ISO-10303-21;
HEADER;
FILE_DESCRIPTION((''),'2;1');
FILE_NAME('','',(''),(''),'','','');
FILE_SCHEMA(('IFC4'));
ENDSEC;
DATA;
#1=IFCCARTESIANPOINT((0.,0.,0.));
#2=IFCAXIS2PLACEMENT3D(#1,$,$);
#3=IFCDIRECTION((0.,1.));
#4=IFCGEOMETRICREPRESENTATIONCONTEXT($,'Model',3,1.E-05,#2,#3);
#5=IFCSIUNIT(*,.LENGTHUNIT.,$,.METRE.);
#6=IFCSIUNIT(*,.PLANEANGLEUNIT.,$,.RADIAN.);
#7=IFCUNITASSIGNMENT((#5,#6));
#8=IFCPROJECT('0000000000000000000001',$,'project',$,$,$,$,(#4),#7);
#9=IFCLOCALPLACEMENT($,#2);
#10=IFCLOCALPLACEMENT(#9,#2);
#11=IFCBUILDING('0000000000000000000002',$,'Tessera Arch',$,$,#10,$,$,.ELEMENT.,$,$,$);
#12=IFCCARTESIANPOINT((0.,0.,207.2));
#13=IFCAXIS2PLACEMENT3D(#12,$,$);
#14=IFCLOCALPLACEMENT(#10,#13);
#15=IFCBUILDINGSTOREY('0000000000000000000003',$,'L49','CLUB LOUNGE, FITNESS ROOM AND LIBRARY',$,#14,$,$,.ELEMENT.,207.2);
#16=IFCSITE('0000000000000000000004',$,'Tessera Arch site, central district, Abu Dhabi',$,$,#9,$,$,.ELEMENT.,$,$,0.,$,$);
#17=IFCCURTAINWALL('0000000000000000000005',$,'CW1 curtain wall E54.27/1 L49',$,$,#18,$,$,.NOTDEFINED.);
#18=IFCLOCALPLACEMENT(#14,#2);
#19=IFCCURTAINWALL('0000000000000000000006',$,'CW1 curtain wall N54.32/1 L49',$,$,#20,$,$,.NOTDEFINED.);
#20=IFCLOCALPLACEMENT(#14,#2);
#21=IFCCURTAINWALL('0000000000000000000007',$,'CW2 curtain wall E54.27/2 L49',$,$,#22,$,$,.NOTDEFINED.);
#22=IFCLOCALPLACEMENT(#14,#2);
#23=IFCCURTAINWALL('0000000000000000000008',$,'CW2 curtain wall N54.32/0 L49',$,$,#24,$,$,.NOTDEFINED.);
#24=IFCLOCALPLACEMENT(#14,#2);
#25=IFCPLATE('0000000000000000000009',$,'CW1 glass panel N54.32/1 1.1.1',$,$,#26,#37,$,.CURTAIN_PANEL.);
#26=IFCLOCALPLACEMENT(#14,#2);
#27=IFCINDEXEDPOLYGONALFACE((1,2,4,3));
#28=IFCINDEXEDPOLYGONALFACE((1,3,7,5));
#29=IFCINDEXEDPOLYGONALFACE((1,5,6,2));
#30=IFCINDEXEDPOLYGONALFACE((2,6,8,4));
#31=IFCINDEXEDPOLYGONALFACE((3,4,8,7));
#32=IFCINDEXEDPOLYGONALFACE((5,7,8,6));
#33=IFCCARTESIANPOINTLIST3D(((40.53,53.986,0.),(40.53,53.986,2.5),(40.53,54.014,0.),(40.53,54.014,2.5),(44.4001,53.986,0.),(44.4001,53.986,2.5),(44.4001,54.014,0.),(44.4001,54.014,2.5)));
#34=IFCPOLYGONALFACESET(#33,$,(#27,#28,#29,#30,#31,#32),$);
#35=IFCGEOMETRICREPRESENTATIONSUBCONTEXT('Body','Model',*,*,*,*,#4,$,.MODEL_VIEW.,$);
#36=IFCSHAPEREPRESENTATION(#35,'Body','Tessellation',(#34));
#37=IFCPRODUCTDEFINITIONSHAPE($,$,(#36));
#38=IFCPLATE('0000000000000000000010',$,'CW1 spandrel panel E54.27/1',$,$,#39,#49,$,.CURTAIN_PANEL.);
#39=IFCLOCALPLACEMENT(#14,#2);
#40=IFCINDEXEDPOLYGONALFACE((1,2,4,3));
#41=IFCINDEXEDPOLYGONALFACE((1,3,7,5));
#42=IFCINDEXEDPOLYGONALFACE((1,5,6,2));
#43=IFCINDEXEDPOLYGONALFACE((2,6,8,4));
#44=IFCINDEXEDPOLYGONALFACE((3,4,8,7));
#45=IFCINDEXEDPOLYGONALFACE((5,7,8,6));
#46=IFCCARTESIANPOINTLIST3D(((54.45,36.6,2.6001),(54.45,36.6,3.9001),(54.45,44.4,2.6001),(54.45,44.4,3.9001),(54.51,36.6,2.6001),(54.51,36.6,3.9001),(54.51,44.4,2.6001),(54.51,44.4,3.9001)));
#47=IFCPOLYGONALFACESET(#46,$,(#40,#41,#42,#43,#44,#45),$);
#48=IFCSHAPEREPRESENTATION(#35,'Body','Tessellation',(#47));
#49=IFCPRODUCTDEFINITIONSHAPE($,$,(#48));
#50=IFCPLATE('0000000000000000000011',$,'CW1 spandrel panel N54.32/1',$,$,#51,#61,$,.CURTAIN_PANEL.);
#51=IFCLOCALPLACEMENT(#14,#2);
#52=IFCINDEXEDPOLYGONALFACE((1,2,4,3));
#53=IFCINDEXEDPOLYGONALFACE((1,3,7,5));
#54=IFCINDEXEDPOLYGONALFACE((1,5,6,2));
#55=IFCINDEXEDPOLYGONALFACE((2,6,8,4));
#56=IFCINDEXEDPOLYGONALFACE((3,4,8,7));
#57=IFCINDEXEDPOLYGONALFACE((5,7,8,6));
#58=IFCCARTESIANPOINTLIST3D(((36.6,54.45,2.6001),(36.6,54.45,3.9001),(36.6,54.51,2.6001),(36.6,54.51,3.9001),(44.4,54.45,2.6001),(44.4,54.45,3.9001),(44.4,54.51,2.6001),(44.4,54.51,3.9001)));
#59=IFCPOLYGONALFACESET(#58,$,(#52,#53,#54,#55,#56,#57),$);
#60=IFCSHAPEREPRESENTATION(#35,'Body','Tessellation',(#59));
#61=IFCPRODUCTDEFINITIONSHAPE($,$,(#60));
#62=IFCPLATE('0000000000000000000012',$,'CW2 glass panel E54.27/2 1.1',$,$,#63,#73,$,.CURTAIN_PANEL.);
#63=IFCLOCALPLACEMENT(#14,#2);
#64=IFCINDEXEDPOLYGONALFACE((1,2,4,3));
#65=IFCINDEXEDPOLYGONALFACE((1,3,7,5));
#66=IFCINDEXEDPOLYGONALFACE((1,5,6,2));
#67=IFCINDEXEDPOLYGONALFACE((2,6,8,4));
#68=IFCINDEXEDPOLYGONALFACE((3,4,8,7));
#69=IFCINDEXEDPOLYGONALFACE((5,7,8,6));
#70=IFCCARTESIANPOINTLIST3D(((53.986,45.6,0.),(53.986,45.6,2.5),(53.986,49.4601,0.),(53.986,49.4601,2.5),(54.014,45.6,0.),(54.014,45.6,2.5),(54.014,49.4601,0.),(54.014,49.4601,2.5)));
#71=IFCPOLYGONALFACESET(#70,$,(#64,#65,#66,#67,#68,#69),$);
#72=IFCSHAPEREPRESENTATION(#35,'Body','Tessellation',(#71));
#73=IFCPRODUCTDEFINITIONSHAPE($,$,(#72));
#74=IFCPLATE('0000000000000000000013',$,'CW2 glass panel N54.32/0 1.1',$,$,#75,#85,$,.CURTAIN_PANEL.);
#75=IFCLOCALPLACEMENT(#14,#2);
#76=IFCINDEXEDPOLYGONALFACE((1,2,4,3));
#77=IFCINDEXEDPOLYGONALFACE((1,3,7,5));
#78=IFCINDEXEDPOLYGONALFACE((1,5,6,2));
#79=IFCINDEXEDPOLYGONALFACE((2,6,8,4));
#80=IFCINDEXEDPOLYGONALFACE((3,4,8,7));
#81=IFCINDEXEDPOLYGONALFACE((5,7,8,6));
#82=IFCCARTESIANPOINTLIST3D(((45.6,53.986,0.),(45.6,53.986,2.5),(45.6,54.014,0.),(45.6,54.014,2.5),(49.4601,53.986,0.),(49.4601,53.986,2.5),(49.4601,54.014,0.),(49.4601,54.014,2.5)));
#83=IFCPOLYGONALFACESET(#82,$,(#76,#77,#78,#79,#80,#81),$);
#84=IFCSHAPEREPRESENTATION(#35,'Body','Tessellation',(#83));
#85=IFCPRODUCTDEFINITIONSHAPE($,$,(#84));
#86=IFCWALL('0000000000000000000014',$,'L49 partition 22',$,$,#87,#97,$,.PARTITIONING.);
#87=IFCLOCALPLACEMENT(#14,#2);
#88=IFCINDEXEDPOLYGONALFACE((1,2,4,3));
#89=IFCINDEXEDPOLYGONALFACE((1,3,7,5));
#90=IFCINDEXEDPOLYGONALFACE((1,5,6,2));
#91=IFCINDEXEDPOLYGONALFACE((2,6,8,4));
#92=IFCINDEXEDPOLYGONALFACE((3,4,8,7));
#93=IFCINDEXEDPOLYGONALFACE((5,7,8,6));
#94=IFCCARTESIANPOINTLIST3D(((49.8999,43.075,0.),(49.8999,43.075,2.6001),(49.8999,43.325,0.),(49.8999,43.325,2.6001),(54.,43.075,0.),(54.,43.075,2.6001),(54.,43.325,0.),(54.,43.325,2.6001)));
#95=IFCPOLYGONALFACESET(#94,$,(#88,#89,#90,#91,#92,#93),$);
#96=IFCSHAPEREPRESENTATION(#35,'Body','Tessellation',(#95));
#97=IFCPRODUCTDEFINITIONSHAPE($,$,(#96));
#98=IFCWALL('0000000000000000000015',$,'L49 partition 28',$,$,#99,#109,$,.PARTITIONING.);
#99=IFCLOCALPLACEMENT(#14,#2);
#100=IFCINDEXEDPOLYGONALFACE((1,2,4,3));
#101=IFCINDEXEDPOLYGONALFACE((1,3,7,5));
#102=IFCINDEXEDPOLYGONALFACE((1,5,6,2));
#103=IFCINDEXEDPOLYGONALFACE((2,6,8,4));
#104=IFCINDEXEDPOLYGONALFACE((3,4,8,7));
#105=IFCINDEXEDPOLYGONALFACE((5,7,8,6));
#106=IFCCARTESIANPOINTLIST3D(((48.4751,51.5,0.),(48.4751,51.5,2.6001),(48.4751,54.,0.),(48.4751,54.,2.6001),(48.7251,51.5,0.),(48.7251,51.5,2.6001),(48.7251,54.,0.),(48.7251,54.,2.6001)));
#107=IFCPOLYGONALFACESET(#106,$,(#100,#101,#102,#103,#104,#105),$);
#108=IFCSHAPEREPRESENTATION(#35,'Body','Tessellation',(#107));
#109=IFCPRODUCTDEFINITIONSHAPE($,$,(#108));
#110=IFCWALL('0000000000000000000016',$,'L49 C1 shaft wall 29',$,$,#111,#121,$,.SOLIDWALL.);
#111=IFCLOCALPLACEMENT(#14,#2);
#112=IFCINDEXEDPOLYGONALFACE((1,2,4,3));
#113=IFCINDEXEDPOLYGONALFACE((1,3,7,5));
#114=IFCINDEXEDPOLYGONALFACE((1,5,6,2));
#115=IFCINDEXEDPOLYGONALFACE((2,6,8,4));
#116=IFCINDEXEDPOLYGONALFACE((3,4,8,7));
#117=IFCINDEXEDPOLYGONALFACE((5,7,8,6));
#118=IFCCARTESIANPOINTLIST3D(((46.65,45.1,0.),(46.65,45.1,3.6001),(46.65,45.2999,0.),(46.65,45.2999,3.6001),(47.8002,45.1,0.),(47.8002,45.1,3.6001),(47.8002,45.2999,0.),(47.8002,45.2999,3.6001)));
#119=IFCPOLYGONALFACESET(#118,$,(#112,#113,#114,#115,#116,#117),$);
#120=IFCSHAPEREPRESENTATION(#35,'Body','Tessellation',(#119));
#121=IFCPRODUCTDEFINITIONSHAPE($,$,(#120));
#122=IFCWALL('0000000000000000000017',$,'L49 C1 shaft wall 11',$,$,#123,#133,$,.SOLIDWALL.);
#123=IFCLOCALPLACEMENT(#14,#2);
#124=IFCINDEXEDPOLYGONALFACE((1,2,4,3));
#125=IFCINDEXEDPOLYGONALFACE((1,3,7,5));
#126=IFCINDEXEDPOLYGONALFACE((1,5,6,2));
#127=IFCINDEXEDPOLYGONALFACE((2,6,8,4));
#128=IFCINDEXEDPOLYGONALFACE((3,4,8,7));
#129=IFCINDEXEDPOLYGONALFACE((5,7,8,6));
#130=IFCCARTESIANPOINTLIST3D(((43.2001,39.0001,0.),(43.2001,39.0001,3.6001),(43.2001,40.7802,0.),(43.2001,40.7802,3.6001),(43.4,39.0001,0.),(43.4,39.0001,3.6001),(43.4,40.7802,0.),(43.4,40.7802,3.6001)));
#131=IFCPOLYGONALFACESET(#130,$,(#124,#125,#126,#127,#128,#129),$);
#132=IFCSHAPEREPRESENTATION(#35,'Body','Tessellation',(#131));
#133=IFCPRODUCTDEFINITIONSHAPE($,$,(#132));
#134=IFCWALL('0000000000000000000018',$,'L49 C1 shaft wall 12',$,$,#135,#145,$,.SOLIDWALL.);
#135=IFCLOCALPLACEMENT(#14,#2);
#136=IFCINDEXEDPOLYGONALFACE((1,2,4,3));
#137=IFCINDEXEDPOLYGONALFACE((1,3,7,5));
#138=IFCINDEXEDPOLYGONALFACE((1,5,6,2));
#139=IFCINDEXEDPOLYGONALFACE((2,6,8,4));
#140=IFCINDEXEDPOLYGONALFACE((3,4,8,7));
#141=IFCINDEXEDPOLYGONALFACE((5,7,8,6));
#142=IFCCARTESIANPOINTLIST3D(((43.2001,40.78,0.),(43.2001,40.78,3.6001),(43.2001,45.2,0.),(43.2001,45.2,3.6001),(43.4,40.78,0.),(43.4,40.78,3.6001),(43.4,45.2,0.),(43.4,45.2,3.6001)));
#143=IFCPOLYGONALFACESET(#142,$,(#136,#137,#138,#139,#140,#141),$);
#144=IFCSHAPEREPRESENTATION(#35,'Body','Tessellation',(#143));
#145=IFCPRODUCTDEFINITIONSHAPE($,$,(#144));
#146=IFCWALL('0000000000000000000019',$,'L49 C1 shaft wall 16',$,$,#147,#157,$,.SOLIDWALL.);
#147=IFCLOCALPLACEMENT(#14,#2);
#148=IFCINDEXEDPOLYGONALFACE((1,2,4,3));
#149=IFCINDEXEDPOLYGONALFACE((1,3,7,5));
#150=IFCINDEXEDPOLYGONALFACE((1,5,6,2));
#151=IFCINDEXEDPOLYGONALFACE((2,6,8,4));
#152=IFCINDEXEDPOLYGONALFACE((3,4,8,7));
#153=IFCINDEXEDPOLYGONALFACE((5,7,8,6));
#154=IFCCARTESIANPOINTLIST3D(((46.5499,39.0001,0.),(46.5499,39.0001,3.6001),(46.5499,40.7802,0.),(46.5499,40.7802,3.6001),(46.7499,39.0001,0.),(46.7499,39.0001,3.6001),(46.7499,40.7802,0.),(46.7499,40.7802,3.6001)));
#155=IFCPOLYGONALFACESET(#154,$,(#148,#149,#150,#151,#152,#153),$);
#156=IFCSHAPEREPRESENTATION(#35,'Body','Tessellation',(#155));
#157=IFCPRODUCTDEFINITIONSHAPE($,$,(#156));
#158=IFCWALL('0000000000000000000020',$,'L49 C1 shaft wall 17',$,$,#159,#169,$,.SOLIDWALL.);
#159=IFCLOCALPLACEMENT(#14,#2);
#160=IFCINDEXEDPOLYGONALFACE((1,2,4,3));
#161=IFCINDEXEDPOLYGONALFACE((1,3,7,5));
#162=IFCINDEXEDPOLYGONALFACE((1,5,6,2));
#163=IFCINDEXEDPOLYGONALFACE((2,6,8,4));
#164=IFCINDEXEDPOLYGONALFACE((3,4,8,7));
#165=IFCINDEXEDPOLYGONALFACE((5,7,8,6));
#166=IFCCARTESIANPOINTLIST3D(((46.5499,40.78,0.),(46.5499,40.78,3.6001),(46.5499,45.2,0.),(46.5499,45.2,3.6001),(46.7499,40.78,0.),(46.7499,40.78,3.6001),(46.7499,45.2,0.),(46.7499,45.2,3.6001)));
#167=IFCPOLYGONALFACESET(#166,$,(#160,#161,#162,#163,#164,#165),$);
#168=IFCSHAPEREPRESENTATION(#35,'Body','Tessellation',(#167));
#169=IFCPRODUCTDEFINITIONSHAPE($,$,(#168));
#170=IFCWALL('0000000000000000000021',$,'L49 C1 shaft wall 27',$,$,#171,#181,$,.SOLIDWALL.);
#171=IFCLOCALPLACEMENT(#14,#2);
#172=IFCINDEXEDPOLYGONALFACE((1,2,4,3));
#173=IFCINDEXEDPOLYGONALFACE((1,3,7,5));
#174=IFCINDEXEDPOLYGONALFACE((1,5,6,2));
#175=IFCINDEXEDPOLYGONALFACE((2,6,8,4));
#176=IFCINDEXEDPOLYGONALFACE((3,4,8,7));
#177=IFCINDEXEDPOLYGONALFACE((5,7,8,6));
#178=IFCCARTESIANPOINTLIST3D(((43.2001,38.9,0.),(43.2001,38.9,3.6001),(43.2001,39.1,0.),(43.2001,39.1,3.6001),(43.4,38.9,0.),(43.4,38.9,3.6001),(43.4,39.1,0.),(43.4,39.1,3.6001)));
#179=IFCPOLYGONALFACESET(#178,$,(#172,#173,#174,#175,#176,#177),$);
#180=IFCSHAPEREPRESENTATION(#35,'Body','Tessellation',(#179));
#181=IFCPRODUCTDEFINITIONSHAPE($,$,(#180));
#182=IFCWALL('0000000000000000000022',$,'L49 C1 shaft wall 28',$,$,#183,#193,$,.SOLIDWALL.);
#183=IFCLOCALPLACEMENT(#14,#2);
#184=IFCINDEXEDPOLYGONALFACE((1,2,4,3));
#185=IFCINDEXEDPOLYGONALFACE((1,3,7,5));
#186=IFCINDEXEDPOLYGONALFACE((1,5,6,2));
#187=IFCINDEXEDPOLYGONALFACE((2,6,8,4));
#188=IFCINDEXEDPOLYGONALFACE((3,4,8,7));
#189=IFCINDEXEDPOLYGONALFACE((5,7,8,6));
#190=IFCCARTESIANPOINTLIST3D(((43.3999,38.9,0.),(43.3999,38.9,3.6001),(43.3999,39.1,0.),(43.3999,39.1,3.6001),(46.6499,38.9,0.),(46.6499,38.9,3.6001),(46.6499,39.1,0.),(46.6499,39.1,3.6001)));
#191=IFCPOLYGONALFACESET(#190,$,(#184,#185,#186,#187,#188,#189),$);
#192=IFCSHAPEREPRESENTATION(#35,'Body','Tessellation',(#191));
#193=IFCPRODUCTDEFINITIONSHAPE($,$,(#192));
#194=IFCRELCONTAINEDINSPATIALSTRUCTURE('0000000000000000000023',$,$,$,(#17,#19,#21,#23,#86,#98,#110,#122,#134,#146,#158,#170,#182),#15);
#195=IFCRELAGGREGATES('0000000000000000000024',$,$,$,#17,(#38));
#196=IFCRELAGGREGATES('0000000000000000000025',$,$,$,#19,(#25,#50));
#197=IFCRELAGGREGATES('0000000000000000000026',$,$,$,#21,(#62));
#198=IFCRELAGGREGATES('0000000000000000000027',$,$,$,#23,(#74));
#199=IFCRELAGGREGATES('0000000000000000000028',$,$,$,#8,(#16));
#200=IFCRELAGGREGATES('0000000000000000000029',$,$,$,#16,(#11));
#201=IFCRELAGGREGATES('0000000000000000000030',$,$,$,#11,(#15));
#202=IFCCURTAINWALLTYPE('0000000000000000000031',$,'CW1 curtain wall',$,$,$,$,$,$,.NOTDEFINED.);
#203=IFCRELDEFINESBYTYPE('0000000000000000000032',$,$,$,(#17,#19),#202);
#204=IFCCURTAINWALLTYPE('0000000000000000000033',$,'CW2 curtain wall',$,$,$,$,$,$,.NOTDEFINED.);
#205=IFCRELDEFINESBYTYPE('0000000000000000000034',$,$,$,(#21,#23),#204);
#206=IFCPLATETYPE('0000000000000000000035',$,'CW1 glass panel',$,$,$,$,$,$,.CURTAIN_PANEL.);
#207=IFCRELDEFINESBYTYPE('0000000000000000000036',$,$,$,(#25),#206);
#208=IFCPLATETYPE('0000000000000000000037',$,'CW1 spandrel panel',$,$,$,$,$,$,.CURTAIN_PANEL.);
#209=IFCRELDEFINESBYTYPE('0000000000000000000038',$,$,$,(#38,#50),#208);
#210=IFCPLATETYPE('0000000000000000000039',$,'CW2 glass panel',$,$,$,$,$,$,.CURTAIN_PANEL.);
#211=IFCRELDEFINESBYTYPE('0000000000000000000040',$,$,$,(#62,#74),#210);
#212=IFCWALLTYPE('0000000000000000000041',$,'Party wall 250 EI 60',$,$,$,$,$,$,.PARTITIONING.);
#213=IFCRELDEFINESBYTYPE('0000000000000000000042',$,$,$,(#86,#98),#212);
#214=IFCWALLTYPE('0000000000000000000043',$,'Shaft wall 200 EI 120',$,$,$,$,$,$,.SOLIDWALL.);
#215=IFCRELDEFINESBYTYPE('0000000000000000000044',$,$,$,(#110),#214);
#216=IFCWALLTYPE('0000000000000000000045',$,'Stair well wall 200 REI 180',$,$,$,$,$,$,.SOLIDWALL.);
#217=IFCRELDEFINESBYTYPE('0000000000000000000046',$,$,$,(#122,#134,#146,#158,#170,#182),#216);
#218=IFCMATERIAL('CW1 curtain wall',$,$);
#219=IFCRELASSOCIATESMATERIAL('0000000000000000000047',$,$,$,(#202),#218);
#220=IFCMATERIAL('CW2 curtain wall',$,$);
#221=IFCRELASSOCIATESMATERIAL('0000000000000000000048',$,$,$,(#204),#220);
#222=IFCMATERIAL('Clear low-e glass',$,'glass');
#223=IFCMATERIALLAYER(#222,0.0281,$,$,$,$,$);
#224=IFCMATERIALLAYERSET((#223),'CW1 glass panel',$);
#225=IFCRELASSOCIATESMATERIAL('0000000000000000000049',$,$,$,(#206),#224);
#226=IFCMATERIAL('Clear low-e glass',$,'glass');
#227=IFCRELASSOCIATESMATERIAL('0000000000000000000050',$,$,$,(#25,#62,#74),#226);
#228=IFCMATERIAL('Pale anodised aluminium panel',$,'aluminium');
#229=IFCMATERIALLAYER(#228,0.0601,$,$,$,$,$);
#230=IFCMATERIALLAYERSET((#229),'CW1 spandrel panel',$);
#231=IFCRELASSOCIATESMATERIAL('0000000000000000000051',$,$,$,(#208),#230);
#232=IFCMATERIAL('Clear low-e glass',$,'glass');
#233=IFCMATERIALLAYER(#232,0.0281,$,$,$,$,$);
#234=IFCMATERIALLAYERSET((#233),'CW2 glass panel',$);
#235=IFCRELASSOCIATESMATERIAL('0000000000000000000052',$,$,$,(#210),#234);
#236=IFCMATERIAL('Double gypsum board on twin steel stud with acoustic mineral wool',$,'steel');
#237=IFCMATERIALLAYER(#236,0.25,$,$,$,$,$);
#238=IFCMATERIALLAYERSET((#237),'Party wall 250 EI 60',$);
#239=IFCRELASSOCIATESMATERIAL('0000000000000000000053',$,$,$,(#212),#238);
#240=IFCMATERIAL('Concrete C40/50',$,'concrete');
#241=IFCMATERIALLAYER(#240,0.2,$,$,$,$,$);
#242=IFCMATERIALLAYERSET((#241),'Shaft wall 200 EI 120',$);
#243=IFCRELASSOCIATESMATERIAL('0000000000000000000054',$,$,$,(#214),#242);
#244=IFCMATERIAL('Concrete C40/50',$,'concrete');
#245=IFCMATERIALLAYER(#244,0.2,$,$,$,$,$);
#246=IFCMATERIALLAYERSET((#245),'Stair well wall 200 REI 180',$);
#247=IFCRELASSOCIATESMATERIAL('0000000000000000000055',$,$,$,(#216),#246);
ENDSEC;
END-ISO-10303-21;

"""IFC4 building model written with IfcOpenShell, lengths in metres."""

from ifc_helpers import new_model, si_unit, direction, frame, frame_2d, origin, origin_2d, place, context, subcontext, project, spatial, rectangle, extrude, material, layer, layer_set, type_object, element, aggregate, save


model = new_model("IFC4")

# Units and contexts
model_context = context("Model", 3, precision=1e-05, world=origin(), true_north=direction((0.0, 1.0)))
body_context = subcontext(model_context, "Body", "Model", "MODEL_VIEW")
ifc_project = project(units=[si_unit("LENGTHUNIT", "METRE"), si_unit("PLANEANGLEUNIT", "RADIAN")], contexts=[model_context])

# Site, building, storey
site_placement = place(None, origin())
site = spatial("IfcSite", under=ifc_project, at=site_placement, Name="Tessera Arch site, central district, Abu Dhabi", CompositionType="ELEMENT", RefElevation=0.0)
building_placement = place(site_placement, origin())
building = spatial("IfcBuilding", under=site, at=building_placement, Name="Tessera Arch", CompositionType="ELEMENT")
storey_placement = place(building_placement, frame((0.0, 0.0, 207.2)))
storey = spatial("IfcBuildingStorey", under=building, at=storey_placement, Name="L49", Description="CLUB LOUNGE, FITNESS ROOM AND LIBRARY", CompositionType="ELEMENT", Elevation=207.2)

# Curtain wall
ifc_material_1 = material(Name="CW1 curtain wall")
curtain_wall_type_1 = type_object("IfcCurtainWallType", Name="CW1 curtain wall", PredefinedType="NOTDEFINED", material=ifc_material_1)
curtain_wall_1_placement = place(storey_placement, origin())
curtain_wall_1 = element("IfcCurtainWall", 1, at=curtain_wall_1_placement, inside=storey, type_object=curtain_wall_type_1, Name="CW1 curtain wall E54.27/1 L49", PredefinedType="NOTDEFINED")

# Curtain wall
curtain_wall_2_placement = place(storey_placement, origin())
curtain_wall_2 = element("IfcCurtainWall", 2, at=curtain_wall_2_placement, inside=storey, type_object=curtain_wall_type_1, Name="CW1 curtain wall N54.32/1 L49", PredefinedType="NOTDEFINED")

# Curtain walls
ifc_material_2 = material(Name="CW2 curtain wall")
curtain_wall_type_2 = type_object("IfcCurtainWallType", Name="CW2 curtain wall", PredefinedType="NOTDEFINED", material=ifc_material_2)
curtain_wall_3_placement = place(storey_placement, origin())
curtain_wall_3 = element("IfcCurtainWall", 3, at=curtain_wall_3_placement, inside=storey, type_object=curtain_wall_type_2, Name="CW2 curtain wall E54.27/2 L49", PredefinedType="NOTDEFINED")
curtain_wall_4_placement = place(storey_placement, origin())
curtain_wall_4 = element("IfcCurtainWall", 4, at=curtain_wall_4_placement, inside=storey, type_object=curtain_wall_type_2, Name="CW2 curtain wall N54.32/0 L49", PredefinedType="NOTDEFINED")

# Plates
ifc_material_3 = material(Name="Clear low-e glass", Category="glass")
ifc_material_4 = material(Name="Clear low-e glass", Category="glass")
ifc_layer_1 = layer(ifc_material_4, 0.0281)
ifc_layer_set_1 = layer_set([ifc_layer_1], Name="CW1 glass panel")
plate_type_1 = type_object("IfcPlateType", Name="CW1 glass panel", PredefinedType="CURTAIN_PANEL", material=ifc_layer_set_1)
plate_1_placement = place(storey_placement, frame((42.4651, 54.0, 0.0), z_axis=(0.0, 0.0, 1.0), x_axis=(-1.0, 0.0, 0.0)))
plate_1 = element("IfcPlate", 5, at=plate_1_placement, type_object=plate_type_1, material=ifc_material_3, Name="CW1 glass panel N54.32/1 1.1.1", PredefinedType="CURTAIN_PANEL", context=body_context, shape_type="SweptSolid", body=[
    extrude(rectangle(XDim=3.8701, YDim=0.0281, at=origin_2d()), origin(), (0.0, 0.0, 1.0), 2.5),
])
ifc_material_5 = material(Name="Pale anodised aluminium panel", Category="aluminium")
ifc_layer_2 = layer(ifc_material_5, 0.0601)
ifc_layer_set_2 = layer_set([ifc_layer_2], Name="CW1 spandrel panel")
plate_type_2 = type_object("IfcPlateType", Name="CW1 spandrel panel", PredefinedType="CURTAIN_PANEL", material=ifc_layer_set_2)
plate_2_placement = place(storey_placement, frame((54.48, 40.5, 2.6001), z_axis=(0.0, 0.0, 1.0), x_axis=(0.0, 1.0, 0.0)))
plate_2 = element("IfcPlate", 6, at=plate_2_placement, type_object=plate_type_2, Name="CW1 spandrel panel E54.27/1", PredefinedType="CURTAIN_PANEL", context=body_context, shape_type="SweptSolid", body=[
    extrude(rectangle(XDim=7.8, YDim=0.0601, at=origin_2d()), origin(), (0.0, 0.0, 1.0), 1.3),
])
aggregate(curtain_wall_1, [plate_2])
plate_3_placement = place(storey_placement, frame((40.5, 54.48, 2.6001), z_axis=(0.0, 0.0, 1.0), x_axis=(-1.0, 0.0, 0.0)))
plate_3 = element("IfcPlate", 7, at=plate_3_placement, type_object=plate_type_2, Name="CW1 spandrel panel N54.32/1", PredefinedType="CURTAIN_PANEL", context=body_context, shape_type="SweptSolid", body=[
    extrude(rectangle(XDim=7.8, YDim=0.0601, at=origin_2d()), origin(), (0.0, 0.0, 1.0), 1.3),
])
aggregate(curtain_wall_2, [plate_1, plate_3])
ifc_material_6 = material(Name="Clear low-e glass", Category="glass")
ifc_layer_3 = layer(ifc_material_6, 0.0281)
ifc_layer_set_3 = layer_set([ifc_layer_3], Name="CW2 glass panel")
plate_type_3 = type_object("IfcPlateType", Name="CW2 glass panel", PredefinedType="CURTAIN_PANEL", material=ifc_layer_set_3)
plate_4_placement = place(storey_placement, frame((54.0, 47.53, 0.0), z_axis=(0.0, 0.0, 1.0), x_axis=(0.0, 1.0, 0.0)))
plate_4 = element("IfcPlate", 8, at=plate_4_placement, type_object=plate_type_3, material=ifc_material_3, Name="CW2 glass panel E54.27/2 1.1", PredefinedType="CURTAIN_PANEL", context=body_context, shape_type="SweptSolid", body=[
    extrude(rectangle(XDim=3.8601, YDim=0.0281, at=origin_2d()), origin(), (0.0, 0.0, 1.0), 2.5),
])
aggregate(curtain_wall_3, [plate_4])
plate_5_placement = place(storey_placement, frame((47.53, 54.0, 0.0), z_axis=(0.0, 0.0, 1.0), x_axis=(-1.0, 0.0, 0.0)))
plate_5 = element("IfcPlate", 9, at=plate_5_placement, type_object=plate_type_3, material=ifc_material_3, Name="CW2 glass panel N54.32/0 1.1", PredefinedType="CURTAIN_PANEL", context=body_context, shape_type="SweptSolid", body=[
    extrude(rectangle(XDim=3.8601, YDim=0.0281, at=origin_2d()), origin(), (0.0, 0.0, 1.0), 2.5),
])
aggregate(curtain_wall_4, [plate_5])

# Walls
ifc_material_7 = material(Name="Double gypsum board on twin steel stud with acoustic mineral wool", Category="steel")
ifc_layer_4 = layer(ifc_material_7, 0.25)
ifc_layer_set_4 = layer_set([ifc_layer_4], Name="Party wall 250 EI 60")
wall_type_1 = type_object("IfcWallType", Name="Party wall 250 EI 60", PredefinedType="PARTITIONING", material=ifc_layer_set_4)
wall_1_placement = place(storey_placement, frame((49.8999, 43.2, 0.0), z_axis=(0.0, 0.0, 1.0), x_axis=(1.0, 0.0, 0.0)))
element("IfcWall", 10, at=wall_1_placement, inside=storey, type_object=wall_type_1, Name="L49 partition 22", PredefinedType="PARTITIONING", context=body_context, shape_type="SweptSolid", body=[
    extrude(rectangle(XDim=4.1001, YDim=0.25, at=frame_2d((2.05, 0.0))), origin(), (0.0, 0.0, 1.0), 2.6001),
])
wall_2_placement = place(storey_placement, frame((48.6001, 51.5, 0.0), z_axis=(0.0, 0.0, 1.0), x_axis=(0.0, 1.0, 0.0)))
element("IfcWall", 11, at=wall_2_placement, inside=storey, type_object=wall_type_1, Name="L49 partition 28", PredefinedType="PARTITIONING", context=body_context, shape_type="SweptSolid", body=[
    extrude(rectangle(XDim=2.5, YDim=0.25, at=frame_2d((1.25, 0.0))), origin(), (0.0, 0.0, 1.0), 2.6001),
])
ifc_material_8 = material(Name="Concrete C40/50", Category="concrete")
ifc_layer_5 = layer(ifc_material_8, 0.2)
ifc_layer_set_5 = layer_set([ifc_layer_5], Name="Shaft wall 200 EI 120")
wall_type_2 = type_object("IfcWallType", Name="Shaft wall 200 EI 120", PredefinedType="SOLIDWALL", material=ifc_layer_set_5)
wall_3_placement = place(storey_placement, frame((46.6499, 45.2, 0.0), z_axis=(0.0, 0.0, 1.0), x_axis=(1.0, 0.0, 0.0)))
element("IfcWall", 12, at=wall_3_placement, inside=storey, type_object=wall_type_2, Name="L49 C1 shaft wall 29", PredefinedType="SOLIDWALL", context=body_context, shape_type="SweptSolid", body=[
    extrude(rectangle(XDim=1.1501, YDim=0.2, at=frame_2d((0.5752, 0.0))), origin(), (0.0, 0.0, 1.0), 3.6001),
])
ifc_material_9 = material(Name="Concrete C40/50", Category="concrete")
ifc_layer_6 = layer(ifc_material_9, 0.2)
ifc_layer_set_6 = layer_set([ifc_layer_6], Name="Stair well wall 200 REI 180")
wall_type_3 = type_object("IfcWallType", Name="Stair well wall 200 REI 180", PredefinedType="SOLIDWALL", material=ifc_layer_set_6)
wall_4_placement = place(storey_placement, frame((43.3, 39.0, 0.0), z_axis=(0.0, 0.0, 1.0), x_axis=(0.0, 1.0, 0.0)))
element("IfcWall", 13, at=wall_4_placement, inside=storey, type_object=wall_type_3, Name="L49 C1 shaft wall 11", PredefinedType="SOLIDWALL", context=body_context, shape_type="SweptSolid", body=[
    extrude(rectangle(XDim=1.78, YDim=0.2, at=frame_2d((0.8901, 0.0))), origin(), (0.0, 0.0, 1.0), 3.6001),
])
wall_5_placement = place(storey_placement, frame((43.3, 40.78, 0.0), z_axis=(0.0, 0.0, 1.0), x_axis=(0.0, 1.0, 0.0)))
element("IfcWall", 14, at=wall_5_placement, inside=storey, type_object=wall_type_3, Name="L49 C1 shaft wall 12", PredefinedType="SOLIDWALL", context=body_context, shape_type="SweptSolid", body=[
    extrude(rectangle(XDim=4.4199, YDim=0.2, at=frame_2d((2.21, 0.0))), origin(), (0.0, 0.0, 1.0), 3.6001),
])
wall_6_placement = place(storey_placement, frame((46.6499, 39.0, 0.0), z_axis=(0.0, 0.0, 1.0), x_axis=(0.0, 1.0, 0.0)))
element("IfcWall", 15, at=wall_6_placement, inside=storey, type_object=wall_type_3, Name="L49 C1 shaft wall 16", PredefinedType="SOLIDWALL", context=body_context, shape_type="SweptSolid", body=[
    extrude(rectangle(XDim=1.78, YDim=0.2, at=frame_2d((0.8901, 0.0))), origin(), (0.0, 0.0, 1.0), 3.6001),
])
wall_7_placement = place(storey_placement, frame((46.6499, 40.78, 0.0), z_axis=(0.0, 0.0, 1.0), x_axis=(0.0, 1.0, 0.0)))
element("IfcWall", 16, at=wall_7_placement, inside=storey, type_object=wall_type_3, Name="L49 C1 shaft wall 17", PredefinedType="SOLIDWALL", context=body_context, shape_type="SweptSolid", body=[
    extrude(rectangle(XDim=4.4199, YDim=0.2, at=frame_2d((2.21, 0.0))), origin(), (0.0, 0.0, 1.0), 3.6001),
])
wall_8_placement = place(storey_placement, frame((43.2, 39.0, 0.0), z_axis=(0.0, 0.0, 1.0), x_axis=(1.0, 0.0, 0.0)))
element("IfcWall", 17, at=wall_8_placement, inside=storey, type_object=wall_type_3, Name="L49 C1 shaft wall 27", PredefinedType="SOLIDWALL", context=body_context, shape_type="SweptSolid", body=[
    extrude(rectangle(XDim=0.2, YDim=0.2, at=frame_2d((0.1001, 0.0))), origin(), (0.0, 0.0, 1.0), 3.6001),
])
wall_9_placement = place(storey_placement, frame((43.3999, 39.0, 0.0), z_axis=(0.0, 0.0, 1.0), x_axis=(1.0, 0.0, 0.0)))
element("IfcWall", 18, at=wall_9_placement, inside=storey, type_object=wall_type_3, Name="L49 C1 shaft wall 28", PredefinedType="SOLIDWALL", context=body_context, shape_type="SweptSolid", body=[
    extrude(rectangle(XDim=3.25, YDim=0.2, at=frame_2d((1.625, 0.0))), origin(), (0.0, 0.0, 1.0), 3.6001),
])

save(model, "model.ifc")
